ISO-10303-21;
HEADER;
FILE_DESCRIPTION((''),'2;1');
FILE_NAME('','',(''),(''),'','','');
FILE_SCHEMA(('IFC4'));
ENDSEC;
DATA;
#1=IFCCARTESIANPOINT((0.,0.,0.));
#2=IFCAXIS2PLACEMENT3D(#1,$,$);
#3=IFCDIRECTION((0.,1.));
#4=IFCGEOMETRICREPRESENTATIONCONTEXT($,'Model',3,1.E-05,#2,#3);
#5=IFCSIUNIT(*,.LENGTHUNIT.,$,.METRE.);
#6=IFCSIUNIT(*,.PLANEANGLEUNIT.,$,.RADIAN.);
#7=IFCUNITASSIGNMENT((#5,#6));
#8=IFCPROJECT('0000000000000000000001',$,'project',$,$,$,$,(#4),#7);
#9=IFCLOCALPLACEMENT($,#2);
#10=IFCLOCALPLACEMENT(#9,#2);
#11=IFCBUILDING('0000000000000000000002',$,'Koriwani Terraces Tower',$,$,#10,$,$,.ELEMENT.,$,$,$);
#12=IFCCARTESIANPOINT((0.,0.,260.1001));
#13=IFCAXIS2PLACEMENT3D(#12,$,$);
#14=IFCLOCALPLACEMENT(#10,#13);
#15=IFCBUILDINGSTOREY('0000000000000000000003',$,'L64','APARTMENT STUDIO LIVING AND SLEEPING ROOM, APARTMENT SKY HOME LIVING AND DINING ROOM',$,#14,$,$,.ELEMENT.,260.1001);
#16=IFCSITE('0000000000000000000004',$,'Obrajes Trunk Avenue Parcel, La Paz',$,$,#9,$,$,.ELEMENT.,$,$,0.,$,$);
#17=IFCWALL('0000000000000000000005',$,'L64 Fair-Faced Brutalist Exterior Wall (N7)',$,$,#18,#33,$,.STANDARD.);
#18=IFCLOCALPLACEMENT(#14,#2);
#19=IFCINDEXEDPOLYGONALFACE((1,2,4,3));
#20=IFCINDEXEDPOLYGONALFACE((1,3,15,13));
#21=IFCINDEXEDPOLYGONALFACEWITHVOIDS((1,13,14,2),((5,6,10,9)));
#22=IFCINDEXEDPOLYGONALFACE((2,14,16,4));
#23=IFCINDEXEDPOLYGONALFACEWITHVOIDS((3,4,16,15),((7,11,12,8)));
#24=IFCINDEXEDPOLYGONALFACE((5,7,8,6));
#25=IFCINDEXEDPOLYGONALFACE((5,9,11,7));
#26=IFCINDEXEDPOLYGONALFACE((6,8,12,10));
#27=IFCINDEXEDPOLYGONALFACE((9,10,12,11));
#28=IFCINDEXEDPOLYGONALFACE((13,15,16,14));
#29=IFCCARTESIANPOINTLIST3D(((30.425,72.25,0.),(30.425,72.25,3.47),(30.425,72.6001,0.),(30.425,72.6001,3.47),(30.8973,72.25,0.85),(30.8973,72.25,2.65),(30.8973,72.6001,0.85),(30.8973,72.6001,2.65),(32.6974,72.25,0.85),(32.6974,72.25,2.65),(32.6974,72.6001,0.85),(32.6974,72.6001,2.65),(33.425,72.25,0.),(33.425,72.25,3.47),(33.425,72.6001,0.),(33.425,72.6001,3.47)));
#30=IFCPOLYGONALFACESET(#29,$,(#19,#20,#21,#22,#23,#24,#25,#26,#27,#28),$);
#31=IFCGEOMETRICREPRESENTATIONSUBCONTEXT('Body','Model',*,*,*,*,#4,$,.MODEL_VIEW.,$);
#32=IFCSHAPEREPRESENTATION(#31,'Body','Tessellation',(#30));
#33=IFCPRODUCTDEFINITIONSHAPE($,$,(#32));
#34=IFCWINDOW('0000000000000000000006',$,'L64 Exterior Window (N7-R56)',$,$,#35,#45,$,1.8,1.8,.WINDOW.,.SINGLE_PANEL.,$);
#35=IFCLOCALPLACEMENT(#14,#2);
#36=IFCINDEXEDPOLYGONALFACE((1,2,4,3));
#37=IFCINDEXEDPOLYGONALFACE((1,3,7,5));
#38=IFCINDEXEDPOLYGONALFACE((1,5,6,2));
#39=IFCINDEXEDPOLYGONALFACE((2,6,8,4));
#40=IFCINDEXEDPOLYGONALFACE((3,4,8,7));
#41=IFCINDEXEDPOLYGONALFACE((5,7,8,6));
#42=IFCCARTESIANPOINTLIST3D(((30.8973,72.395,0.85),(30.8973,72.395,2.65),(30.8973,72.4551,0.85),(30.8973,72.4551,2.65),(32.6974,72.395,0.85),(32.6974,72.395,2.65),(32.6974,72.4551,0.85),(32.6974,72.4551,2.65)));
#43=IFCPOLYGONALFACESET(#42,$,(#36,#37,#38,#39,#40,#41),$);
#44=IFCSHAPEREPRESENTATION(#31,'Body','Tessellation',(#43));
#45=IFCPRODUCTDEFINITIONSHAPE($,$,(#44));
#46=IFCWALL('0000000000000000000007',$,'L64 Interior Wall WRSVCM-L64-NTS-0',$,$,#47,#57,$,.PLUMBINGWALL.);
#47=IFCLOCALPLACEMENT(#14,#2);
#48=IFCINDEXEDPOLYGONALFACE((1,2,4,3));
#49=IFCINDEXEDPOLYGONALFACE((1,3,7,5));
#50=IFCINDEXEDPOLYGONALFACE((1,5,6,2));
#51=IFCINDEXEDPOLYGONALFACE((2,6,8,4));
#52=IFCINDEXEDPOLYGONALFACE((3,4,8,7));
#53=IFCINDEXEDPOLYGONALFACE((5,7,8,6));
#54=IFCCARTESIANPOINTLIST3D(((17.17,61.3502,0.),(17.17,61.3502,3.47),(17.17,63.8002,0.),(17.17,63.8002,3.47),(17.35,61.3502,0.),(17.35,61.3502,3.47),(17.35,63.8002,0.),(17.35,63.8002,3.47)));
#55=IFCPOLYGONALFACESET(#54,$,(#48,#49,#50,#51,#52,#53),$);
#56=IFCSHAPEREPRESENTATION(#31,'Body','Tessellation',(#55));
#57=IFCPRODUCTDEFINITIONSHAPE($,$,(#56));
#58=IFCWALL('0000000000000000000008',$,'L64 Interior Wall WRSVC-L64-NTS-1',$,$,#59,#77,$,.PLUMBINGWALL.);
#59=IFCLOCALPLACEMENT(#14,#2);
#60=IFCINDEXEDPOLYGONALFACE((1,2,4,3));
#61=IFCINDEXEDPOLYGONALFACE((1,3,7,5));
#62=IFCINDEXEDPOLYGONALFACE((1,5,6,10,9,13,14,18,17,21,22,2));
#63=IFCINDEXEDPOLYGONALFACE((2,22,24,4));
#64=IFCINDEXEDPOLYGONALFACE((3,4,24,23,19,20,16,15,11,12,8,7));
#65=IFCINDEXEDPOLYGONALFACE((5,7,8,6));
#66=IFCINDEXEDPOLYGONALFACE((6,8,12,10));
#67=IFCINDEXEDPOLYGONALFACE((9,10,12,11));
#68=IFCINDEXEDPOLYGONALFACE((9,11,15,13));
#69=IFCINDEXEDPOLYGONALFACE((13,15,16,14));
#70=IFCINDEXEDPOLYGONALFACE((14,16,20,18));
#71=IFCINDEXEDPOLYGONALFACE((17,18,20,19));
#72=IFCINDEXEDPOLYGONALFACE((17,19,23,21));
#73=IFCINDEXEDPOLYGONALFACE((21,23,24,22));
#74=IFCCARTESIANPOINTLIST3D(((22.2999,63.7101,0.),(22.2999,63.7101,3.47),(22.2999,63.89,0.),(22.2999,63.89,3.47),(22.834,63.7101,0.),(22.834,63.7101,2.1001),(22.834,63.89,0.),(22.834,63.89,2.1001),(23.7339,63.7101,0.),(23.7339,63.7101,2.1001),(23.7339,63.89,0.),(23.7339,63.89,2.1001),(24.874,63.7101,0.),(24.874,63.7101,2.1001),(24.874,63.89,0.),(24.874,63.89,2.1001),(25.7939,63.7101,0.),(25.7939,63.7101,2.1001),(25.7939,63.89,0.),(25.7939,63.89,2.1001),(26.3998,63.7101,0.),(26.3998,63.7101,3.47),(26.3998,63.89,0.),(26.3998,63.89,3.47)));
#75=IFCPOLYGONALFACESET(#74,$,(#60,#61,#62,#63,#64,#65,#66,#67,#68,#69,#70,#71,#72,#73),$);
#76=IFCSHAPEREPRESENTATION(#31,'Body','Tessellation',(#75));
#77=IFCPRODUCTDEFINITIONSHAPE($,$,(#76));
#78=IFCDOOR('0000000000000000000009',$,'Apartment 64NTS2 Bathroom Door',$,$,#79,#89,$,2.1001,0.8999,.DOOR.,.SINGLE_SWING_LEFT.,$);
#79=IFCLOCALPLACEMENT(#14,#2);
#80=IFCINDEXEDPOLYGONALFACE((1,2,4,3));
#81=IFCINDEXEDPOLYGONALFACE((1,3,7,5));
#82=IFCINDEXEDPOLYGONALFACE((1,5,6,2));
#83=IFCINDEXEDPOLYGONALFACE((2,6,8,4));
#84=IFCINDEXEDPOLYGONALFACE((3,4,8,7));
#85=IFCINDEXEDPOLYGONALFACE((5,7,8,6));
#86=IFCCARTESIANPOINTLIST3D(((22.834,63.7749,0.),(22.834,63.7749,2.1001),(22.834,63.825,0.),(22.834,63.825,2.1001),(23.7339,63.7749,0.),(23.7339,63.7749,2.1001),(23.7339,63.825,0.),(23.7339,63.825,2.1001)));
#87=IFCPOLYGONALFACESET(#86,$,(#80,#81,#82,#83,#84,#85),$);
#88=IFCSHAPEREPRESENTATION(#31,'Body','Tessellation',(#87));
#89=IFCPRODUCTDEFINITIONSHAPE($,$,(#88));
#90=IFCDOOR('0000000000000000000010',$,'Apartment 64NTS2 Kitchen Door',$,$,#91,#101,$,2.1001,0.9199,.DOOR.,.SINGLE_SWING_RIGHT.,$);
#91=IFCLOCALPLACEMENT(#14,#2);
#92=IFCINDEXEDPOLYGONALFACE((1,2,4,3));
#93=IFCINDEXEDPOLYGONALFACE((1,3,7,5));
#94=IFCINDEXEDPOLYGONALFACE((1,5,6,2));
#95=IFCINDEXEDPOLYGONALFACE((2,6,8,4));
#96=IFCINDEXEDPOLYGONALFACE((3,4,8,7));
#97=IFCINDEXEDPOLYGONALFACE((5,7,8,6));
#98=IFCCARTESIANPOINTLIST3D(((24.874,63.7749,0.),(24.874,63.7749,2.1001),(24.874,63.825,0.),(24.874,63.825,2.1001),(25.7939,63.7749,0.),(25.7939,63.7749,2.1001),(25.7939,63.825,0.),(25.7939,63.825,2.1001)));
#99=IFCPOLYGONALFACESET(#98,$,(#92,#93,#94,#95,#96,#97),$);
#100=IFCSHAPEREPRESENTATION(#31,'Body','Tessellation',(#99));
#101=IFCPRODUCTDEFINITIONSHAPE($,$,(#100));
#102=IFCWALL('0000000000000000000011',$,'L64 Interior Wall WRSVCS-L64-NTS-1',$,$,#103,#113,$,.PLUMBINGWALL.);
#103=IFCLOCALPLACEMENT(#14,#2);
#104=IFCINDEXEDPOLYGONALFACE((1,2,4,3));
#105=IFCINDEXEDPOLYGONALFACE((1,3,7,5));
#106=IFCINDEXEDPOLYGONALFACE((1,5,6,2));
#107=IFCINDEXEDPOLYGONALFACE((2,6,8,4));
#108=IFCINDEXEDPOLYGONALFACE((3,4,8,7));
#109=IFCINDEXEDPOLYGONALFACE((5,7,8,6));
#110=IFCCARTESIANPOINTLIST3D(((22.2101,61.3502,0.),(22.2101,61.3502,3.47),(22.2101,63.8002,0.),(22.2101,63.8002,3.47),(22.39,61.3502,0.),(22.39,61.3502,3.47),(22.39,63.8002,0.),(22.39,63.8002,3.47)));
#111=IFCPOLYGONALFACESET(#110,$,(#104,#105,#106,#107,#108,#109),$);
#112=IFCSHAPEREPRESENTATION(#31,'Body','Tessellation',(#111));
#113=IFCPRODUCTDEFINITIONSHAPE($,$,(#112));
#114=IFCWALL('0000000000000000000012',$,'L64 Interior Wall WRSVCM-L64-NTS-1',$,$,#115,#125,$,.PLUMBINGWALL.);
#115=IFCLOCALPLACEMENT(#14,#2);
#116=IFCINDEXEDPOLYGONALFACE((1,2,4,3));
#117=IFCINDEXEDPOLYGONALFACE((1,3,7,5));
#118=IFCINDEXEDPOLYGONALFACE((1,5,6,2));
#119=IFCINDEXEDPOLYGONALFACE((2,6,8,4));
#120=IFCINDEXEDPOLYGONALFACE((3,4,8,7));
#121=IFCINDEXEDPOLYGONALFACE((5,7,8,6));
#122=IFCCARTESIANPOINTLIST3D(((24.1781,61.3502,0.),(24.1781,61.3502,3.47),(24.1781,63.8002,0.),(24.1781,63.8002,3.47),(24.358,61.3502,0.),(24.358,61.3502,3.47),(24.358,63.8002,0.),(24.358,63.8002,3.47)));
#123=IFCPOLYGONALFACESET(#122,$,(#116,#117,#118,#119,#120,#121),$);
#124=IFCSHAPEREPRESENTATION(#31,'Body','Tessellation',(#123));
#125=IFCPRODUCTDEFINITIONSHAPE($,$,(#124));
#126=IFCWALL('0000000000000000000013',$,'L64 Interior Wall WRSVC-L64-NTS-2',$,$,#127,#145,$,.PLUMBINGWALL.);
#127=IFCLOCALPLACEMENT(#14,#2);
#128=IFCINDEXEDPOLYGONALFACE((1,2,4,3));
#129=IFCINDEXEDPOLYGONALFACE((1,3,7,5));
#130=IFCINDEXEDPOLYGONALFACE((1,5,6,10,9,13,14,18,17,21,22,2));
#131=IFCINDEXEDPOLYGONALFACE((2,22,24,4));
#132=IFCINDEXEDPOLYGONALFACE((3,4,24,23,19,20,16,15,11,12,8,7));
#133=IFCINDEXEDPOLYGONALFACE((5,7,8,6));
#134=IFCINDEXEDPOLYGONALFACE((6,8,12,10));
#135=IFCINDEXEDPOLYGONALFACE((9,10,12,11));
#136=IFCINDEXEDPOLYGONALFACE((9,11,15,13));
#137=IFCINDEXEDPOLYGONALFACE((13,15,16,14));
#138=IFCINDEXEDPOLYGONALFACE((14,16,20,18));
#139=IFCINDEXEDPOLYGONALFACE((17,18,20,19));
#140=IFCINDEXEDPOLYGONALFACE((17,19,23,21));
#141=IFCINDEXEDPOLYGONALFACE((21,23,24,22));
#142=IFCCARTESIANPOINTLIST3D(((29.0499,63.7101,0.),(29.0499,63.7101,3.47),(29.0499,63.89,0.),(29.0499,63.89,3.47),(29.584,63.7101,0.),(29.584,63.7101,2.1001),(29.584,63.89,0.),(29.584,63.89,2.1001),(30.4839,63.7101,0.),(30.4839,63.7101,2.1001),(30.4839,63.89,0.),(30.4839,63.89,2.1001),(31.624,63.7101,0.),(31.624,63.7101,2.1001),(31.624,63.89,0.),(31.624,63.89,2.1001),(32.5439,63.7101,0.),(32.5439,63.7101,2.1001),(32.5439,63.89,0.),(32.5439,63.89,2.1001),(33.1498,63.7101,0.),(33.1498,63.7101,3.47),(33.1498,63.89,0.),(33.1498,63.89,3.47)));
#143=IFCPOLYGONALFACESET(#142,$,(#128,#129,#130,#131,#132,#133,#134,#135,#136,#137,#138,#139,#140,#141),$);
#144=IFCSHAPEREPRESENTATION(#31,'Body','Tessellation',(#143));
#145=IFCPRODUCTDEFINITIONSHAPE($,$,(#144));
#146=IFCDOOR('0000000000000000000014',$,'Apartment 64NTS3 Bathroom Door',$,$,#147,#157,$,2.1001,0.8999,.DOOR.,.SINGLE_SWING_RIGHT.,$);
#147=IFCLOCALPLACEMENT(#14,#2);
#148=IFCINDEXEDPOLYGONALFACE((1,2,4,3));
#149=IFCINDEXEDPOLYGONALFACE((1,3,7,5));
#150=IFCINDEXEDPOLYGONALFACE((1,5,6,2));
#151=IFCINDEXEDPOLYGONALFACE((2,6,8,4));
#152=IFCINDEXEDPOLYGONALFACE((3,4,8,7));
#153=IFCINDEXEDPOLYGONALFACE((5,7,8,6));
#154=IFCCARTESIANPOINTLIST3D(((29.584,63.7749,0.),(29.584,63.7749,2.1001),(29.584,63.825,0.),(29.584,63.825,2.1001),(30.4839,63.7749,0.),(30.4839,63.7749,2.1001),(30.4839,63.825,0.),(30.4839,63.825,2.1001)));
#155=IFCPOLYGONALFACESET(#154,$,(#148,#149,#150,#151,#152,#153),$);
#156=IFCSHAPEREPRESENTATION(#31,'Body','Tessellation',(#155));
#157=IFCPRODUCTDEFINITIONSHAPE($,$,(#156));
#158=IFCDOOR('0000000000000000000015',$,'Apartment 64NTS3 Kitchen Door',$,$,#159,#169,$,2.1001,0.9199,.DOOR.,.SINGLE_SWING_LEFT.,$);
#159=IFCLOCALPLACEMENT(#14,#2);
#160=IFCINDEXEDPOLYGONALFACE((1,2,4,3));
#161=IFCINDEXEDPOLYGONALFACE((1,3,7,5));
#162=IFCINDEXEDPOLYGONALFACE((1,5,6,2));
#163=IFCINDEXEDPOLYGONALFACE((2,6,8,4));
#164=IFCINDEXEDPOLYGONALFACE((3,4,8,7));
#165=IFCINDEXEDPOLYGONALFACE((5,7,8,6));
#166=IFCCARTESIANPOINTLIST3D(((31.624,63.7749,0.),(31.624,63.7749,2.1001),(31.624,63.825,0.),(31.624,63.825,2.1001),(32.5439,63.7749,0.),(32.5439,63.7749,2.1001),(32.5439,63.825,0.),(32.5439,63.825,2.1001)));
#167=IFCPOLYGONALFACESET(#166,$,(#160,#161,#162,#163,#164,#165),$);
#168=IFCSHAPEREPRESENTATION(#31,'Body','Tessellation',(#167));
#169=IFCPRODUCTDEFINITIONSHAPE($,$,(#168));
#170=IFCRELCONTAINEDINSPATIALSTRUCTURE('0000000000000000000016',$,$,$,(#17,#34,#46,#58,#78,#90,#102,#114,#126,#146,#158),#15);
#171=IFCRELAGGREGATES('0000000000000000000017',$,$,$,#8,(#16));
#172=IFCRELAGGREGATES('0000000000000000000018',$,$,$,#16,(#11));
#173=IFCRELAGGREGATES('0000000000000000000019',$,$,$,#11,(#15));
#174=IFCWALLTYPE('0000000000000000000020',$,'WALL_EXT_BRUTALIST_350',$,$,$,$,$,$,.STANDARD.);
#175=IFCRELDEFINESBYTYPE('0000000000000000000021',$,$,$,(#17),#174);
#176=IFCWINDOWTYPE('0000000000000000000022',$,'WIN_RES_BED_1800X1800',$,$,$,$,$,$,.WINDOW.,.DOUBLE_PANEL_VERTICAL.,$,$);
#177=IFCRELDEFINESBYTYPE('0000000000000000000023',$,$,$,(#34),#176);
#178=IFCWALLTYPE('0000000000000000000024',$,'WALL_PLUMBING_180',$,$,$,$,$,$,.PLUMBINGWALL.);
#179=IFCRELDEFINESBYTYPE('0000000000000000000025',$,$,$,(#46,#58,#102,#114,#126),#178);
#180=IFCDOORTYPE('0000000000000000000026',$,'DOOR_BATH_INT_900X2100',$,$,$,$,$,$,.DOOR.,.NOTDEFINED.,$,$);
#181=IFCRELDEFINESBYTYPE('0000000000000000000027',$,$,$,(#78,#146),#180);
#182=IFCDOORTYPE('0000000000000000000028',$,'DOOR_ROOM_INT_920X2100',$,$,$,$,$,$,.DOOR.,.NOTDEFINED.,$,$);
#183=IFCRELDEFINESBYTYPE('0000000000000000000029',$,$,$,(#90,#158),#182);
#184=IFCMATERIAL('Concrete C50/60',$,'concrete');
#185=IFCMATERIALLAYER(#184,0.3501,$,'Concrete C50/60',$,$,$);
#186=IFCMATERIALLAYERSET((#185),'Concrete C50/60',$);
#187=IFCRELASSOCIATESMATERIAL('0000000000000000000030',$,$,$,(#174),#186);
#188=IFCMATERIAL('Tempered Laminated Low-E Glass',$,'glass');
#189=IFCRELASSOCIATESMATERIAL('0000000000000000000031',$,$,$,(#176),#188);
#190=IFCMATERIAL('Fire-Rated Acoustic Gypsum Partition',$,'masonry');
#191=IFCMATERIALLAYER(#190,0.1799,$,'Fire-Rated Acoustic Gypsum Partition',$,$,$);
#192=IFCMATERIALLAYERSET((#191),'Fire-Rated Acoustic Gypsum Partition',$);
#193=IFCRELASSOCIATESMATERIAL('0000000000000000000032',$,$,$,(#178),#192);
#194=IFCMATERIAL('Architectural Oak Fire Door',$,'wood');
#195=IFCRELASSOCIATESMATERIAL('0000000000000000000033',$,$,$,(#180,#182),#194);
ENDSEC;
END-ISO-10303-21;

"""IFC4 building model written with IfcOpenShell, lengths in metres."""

from ifc_helpers import new_model, si_unit, direction, frame, frame_2d, origin, place, context, subcontext, project, spatial, rectangle, extrude, material, layer, layer_set, type_object, element, fill, save


model = new_model("IFC4")

# Units and contexts
model_context = context("Model", 3, precision=1e-05, world=origin(), true_north=direction((0.0, 1.0)))
body_context = subcontext(model_context, "Body", "Model", "MODEL_VIEW")
ifc_project = project(units=[si_unit("LENGTHUNIT", "METRE"), si_unit("PLANEANGLEUNIT", "RADIAN")], contexts=[model_context])

# Site, building, storey
site_placement = place(None, origin())
site = spatial("IfcSite", under=ifc_project, at=site_placement, Name="Obrajes Trunk Avenue Parcel, La Paz", CompositionType="ELEMENT", RefElevation=0.0)
building_placement = place(site_placement, origin())
building = spatial("IfcBuilding", under=site, at=building_placement, Name="Koriwani Terraces Tower", CompositionType="ELEMENT")
storey_placement = place(building_placement, frame((0.0, 0.0, 260.1001)))
storey = spatial("IfcBuildingStorey", under=building, at=storey_placement, Name="L64", Description="APARTMENT STUDIO LIVING AND SLEEPING ROOM, APARTMENT SKY HOME LIVING AND DINING ROOM", CompositionType="ELEMENT", Elevation=260.1001)

# Shared definitions
ifc_material_1 = material(Name="Concrete C50/60", Category="concrete")

# Shared definitions
ifc_layer_1 = layer(ifc_material_1, 0.3501, Name="Concrete C50/60")
ifc_layer_set_1 = layer_set([ifc_layer_1], Name="Concrete C50/60")
wall_type_1 = type_object("IfcWallType", Name="WALL_EXT_BRUTALIST_350", PredefinedType="STANDARD", material=ifc_layer_set_1)

# Wall, opening, window
wall_1_placement = place(storey_placement, frame((30.425, 72.425, 0.0), z_axis=(0.0, 0.0, 1.0), x_axis=(1.0, 0.0, 0.0)))
wall_1 = element("IfcWall", 1, at=wall_1_placement, inside=storey, type_object=wall_type_1, Name="L64 Fair-Faced Brutalist Exterior Wall (N7)", PredefinedType="STANDARD", context=body_context, shape_type="SweptSolid", body=[
    extrude(rectangle(XDim=3.0, YDim=0.3501, at=frame_2d((1.5, 0.0))), origin(), (0.0, 0.0, 1.0), 3.47),
])
opening_1_placement = place(wall_1_placement, frame((0.4724, 0.0, 0.8501)))
opening_1 = element("IfcOpeningElement", 2, at=opening_1_placement, cuts=wall_1, PredefinedType="OPENING", context=body_context, shape_type="SweptSolid", body=[
    extrude(rectangle(XDim=1.8, YDim=1.8, at=frame_2d((0.8999, 0.8999))), frame((0.0, 0.1851, 0.0), z_axis=(0.0, -1.0, 0.0), x_axis=(1.0, 0.0, 0.0)), (0.0, 0.0, 1.0), 0.3701),
])
ifc_material_2 = material(Name="Tempered Laminated Low-E Glass", Category="glass")
window_type = type_object("IfcWindowType", Name="WIN_RES_BED_1800X1800", PartitioningType="DOUBLE_PANEL_VERTICAL", PredefinedType="WINDOW", material=ifc_material_2)
window_placement = place(opening_1_placement, origin())
window = element("IfcWindow", 3, at=window_placement, inside=storey, type_object=window_type, Name="L64 Exterior Window (N7-R56)", OverallHeight=1.8, OverallWidth=1.8, PartitioningType="SINGLE_PANEL", PredefinedType="WINDOW", context=body_context, shape_type="SweptSolid", body=[
    extrude(rectangle(XDim=1.8, YDim=1.8, at=frame_2d((0.8999, 0.8999))), frame((0.0, 0.03, 0.0), z_axis=(0.0, -1.0, 0.0), x_axis=(1.0, 0.0, 0.0)), (0.0, 0.0, 1.0), 0.0601),
])
fill(opening_1, window)

# Wall
ifc_material_3 = material(Name="Fire-Rated Acoustic Gypsum Partition", Category="masonry")
ifc_layer_2 = layer(ifc_material_3, 0.1799, Name="Fire-Rated Acoustic Gypsum Partition")
ifc_layer_set_2 = layer_set([ifc_layer_2], Name="Fire-Rated Acoustic Gypsum Partition")
wall_type_2 = type_object("IfcWallType", Name="WALL_PLUMBING_180", PredefinedType="PLUMBINGWALL", material=ifc_layer_set_2)
wall_2_placement = place(storey_placement, frame((17.26, 61.3501, 0.0), z_axis=(0.0, 0.0, 1.0), x_axis=(0.0, 1.0, 0.0)))
element("IfcWall", 4, at=wall_2_placement, inside=storey, type_object=wall_type_2, Name="L64 Interior Wall WRSVCM-L64-NTS-0", PredefinedType="PLUMBINGWALL", context=body_context, shape_type="SweptSolid", body=[
    extrude(rectangle(XDim=2.45, YDim=0.1799, at=frame_2d((1.2251, 0.0))), origin(), (0.0, 0.0, 1.0), 3.47),
])

# Wall, openings, doors
wall_3_placement = place(storey_placement, frame((22.3, 63.8, 0.0), z_axis=(0.0, 0.0, 1.0), x_axis=(1.0, 0.0, 0.0)))
wall_3 = element("IfcWall", 5, at=wall_3_placement, inside=storey, type_object=wall_type_2, Name="L64 Interior Wall WRSVC-L64-NTS-1", PredefinedType="PLUMBINGWALL", context=body_context, shape_type="SweptSolid", body=[
    extrude(rectangle(XDim=4.0999, YDim=0.1799, at=frame_2d((2.0498, 0.0))), origin(), (0.0, 0.0, 1.0), 3.47),
])
opening_2_placement = place(wall_3_placement, frame((0.5339, 0.0, 0.0)))
opening_2 = element("IfcOpeningElement", 6, at=opening_2_placement, cuts=wall_3, PredefinedType="OPENING", context=body_context, shape_type="SweptSolid", body=[
    extrude(rectangle(XDim=0.8999, YDim=2.1001, at=frame_2d((0.45, 1.05))), frame((0.0, 0.1001, 0.0), z_axis=(0.0, -1.0, 0.0), x_axis=(1.0, 0.0, 0.0)), (0.0, 0.0, 1.0), 0.2),
])
opening_3_placement = place(wall_3_placement, frame((2.574, 0.0, 0.0)))
opening_3 = element("IfcOpeningElement", 7, at=opening_3_placement, cuts=wall_3, PredefinedType="OPENING", context=body_context, shape_type="SweptSolid", body=[
    extrude(rectangle(XDim=0.9199, YDim=2.1001, at=frame_2d((0.46, 1.05))), frame((0.0, 0.1001, 0.0), z_axis=(0.0, -1.0, 0.0), x_axis=(1.0, 0.0, 0.0)), (0.0, 0.0, 1.0), 0.2),
])
ifc_material_4 = material(Name="Architectural Oak Fire Door", Category="wood")
door_type_1 = type_object("IfcDoorType", Name="DOOR_BATH_INT_900X2100", OperationType="NOTDEFINED", PredefinedType="DOOR", material=ifc_material_4)
door_1_placement = place(opening_2_placement, origin())
door_1 = element("IfcDoor", 8, at=door_1_placement, inside=storey, type_object=door_type_1, Name="Apartment 64NTS2 Bathroom Door", OperationType="SINGLE_SWING_LEFT", OverallHeight=2.1001, OverallWidth=0.8999, PredefinedType="DOOR", context=body_context, shape_type="SweptSolid", body=[
    extrude(rectangle(XDim=0.8999, YDim=2.1001, at=frame_2d((0.45, 1.05))), frame((0.0, 0.0249, 0.0), z_axis=(0.0, -1.0, 0.0), x_axis=(1.0, 0.0, 0.0)), (0.0, 0.0, 1.0), 0.05),
])
fill(opening_2, door_1)
door_type_2 = type_object("IfcDoorType", Name="DOOR_ROOM_INT_920X2100", OperationType="NOTDEFINED", PredefinedType="DOOR", material=ifc_material_4)
door_2_placement = place(opening_3_placement, origin())
door_2 = element("IfcDoor", 9, at=door_2_placement, inside=storey, type_object=door_type_2, Name="Apartment 64NTS2 Kitchen Door", OperationType="SINGLE_SWING_RIGHT", OverallHeight=2.1001, OverallWidth=0.9199, PredefinedType="DOOR", context=body_context, shape_type="SweptSolid", body=[
    extrude(rectangle(XDim=0.9199, YDim=2.1001, at=frame_2d((0.46, 1.05))), frame((0.0, 0.0249, 0.0), z_axis=(0.0, -1.0, 0.0), x_axis=(1.0, 0.0, 0.0)), (0.0, 0.0, 1.0), 0.05),
])
fill(opening_3, door_2)

# Walls
for number, where, z_axis, x_axis, name in (
    (10, (22.3, 61.3501, 0.0), (0.0, 0.0, 1.0), (0.0, 1.0, 0.0), "L64 Interior Wall WRSVCS-L64-NTS-1"),
    (11, (24.2681, 61.3501, 0.0), (0.0, 0.0, 1.0), (0.0, 1.0, 0.0), "L64 Interior Wall WRSVCM-L64-NTS-1"),
):
    element("IfcWall", number, at=place(storey_placement, frame(where, z_axis=z_axis, x_axis=x_axis)), inside=storey, type_object=wall_type_2, Name=name, PredefinedType="PLUMBINGWALL", context=body_context, shape_type="SweptSolid", body=[
        extrude(rectangle(XDim=2.45, YDim=0.1799, at=frame_2d((1.2251, 0.0))), origin(), (0.0, 0.0, 1.0), 3.47),
    ])

# Wall, openings, doors
wall_4_placement = place(storey_placement, frame((29.05, 63.8, 0.0), z_axis=(0.0, 0.0, 1.0), x_axis=(1.0, 0.0, 0.0)))
wall_4 = element("IfcWall", 12, at=wall_4_placement, inside=storey, type_object=wall_type_2, Name="L64 Interior Wall WRSVC-L64-NTS-2", PredefinedType="PLUMBINGWALL", context=body_context, shape_type="SweptSolid", body=[
    extrude(rectangle(XDim=4.0999, YDim=0.1799, at=frame_2d((2.0498, 0.0))), origin(), (0.0, 0.0, 1.0), 3.47),
])
opening_4_placement = place(wall_4_placement, frame((0.5339, 0.0, 0.0)))
opening_4 = element("IfcOpeningElement", 13, at=opening_4_placement, cuts=wall_4, PredefinedType="OPENING", context=body_context, shape_type="SweptSolid", body=[
    extrude(rectangle(XDim=0.8999, YDim=2.1001, at=frame_2d((0.45, 1.05))), frame((0.0, 0.1001, 0.0), z_axis=(0.0, -1.0, 0.0), x_axis=(1.0, 0.0, 0.0)), (0.0, 0.0, 1.0), 0.2),
])
opening_5_placement = place(wall_4_placement, frame((2.574, 0.0, 0.0)))
opening_5 = element("IfcOpeningElement", 14, at=opening_5_placement, cuts=wall_4, PredefinedType="OPENING", context=body_context, shape_type="SweptSolid", body=[
    extrude(rectangle(XDim=0.9199, YDim=2.1001, at=frame_2d((0.46, 1.05))), frame((0.0, 0.1001, 0.0), z_axis=(0.0, -1.0, 0.0), x_axis=(1.0, 0.0, 0.0)), (0.0, 0.0, 1.0), 0.2),
])
door_3_placement = place(opening_4_placement, origin())
door_3 = element("IfcDoor", 15, at=door_3_placement, inside=storey, type_object=door_type_1, Name="Apartment 64NTS3 Bathroom Door", OperationType="SINGLE_SWING_RIGHT", OverallHeight=2.1001, OverallWidth=0.8999, PredefinedType="DOOR", context=body_context, shape_type="SweptSolid", body=[
    extrude(rectangle(XDim=0.8999, YDim=2.1001, at=frame_2d((0.45, 1.05))), frame((0.0, 0.0249, 0.0), z_axis=(0.0, -1.0, 0.0), x_axis=(1.0, 0.0, 0.0)), (0.0, 0.0, 1.0), 0.05),
])
fill(opening_4, door_3)
door_4_placement = place(opening_5_placement, origin())
door_4 = element("IfcDoor", 16, at=door_4_placement, inside=storey, type_object=door_type_2, Name="Apartment 64NTS3 Kitchen Door", OperationType="SINGLE_SWING_LEFT", OverallHeight=2.1001, OverallWidth=0.9199, PredefinedType="DOOR", context=body_context, shape_type="SweptSolid", body=[
    extrude(rectangle(XDim=0.9199, YDim=2.1001, at=frame_2d((0.46, 1.05))), frame((0.0, 0.0249, 0.0), z_axis=(0.0, -1.0, 0.0), x_axis=(1.0, 0.0, 0.0)), (0.0, 0.0, 1.0), 0.05),
])
fill(opening_5, door_4)

save(model, "model.ifc")
